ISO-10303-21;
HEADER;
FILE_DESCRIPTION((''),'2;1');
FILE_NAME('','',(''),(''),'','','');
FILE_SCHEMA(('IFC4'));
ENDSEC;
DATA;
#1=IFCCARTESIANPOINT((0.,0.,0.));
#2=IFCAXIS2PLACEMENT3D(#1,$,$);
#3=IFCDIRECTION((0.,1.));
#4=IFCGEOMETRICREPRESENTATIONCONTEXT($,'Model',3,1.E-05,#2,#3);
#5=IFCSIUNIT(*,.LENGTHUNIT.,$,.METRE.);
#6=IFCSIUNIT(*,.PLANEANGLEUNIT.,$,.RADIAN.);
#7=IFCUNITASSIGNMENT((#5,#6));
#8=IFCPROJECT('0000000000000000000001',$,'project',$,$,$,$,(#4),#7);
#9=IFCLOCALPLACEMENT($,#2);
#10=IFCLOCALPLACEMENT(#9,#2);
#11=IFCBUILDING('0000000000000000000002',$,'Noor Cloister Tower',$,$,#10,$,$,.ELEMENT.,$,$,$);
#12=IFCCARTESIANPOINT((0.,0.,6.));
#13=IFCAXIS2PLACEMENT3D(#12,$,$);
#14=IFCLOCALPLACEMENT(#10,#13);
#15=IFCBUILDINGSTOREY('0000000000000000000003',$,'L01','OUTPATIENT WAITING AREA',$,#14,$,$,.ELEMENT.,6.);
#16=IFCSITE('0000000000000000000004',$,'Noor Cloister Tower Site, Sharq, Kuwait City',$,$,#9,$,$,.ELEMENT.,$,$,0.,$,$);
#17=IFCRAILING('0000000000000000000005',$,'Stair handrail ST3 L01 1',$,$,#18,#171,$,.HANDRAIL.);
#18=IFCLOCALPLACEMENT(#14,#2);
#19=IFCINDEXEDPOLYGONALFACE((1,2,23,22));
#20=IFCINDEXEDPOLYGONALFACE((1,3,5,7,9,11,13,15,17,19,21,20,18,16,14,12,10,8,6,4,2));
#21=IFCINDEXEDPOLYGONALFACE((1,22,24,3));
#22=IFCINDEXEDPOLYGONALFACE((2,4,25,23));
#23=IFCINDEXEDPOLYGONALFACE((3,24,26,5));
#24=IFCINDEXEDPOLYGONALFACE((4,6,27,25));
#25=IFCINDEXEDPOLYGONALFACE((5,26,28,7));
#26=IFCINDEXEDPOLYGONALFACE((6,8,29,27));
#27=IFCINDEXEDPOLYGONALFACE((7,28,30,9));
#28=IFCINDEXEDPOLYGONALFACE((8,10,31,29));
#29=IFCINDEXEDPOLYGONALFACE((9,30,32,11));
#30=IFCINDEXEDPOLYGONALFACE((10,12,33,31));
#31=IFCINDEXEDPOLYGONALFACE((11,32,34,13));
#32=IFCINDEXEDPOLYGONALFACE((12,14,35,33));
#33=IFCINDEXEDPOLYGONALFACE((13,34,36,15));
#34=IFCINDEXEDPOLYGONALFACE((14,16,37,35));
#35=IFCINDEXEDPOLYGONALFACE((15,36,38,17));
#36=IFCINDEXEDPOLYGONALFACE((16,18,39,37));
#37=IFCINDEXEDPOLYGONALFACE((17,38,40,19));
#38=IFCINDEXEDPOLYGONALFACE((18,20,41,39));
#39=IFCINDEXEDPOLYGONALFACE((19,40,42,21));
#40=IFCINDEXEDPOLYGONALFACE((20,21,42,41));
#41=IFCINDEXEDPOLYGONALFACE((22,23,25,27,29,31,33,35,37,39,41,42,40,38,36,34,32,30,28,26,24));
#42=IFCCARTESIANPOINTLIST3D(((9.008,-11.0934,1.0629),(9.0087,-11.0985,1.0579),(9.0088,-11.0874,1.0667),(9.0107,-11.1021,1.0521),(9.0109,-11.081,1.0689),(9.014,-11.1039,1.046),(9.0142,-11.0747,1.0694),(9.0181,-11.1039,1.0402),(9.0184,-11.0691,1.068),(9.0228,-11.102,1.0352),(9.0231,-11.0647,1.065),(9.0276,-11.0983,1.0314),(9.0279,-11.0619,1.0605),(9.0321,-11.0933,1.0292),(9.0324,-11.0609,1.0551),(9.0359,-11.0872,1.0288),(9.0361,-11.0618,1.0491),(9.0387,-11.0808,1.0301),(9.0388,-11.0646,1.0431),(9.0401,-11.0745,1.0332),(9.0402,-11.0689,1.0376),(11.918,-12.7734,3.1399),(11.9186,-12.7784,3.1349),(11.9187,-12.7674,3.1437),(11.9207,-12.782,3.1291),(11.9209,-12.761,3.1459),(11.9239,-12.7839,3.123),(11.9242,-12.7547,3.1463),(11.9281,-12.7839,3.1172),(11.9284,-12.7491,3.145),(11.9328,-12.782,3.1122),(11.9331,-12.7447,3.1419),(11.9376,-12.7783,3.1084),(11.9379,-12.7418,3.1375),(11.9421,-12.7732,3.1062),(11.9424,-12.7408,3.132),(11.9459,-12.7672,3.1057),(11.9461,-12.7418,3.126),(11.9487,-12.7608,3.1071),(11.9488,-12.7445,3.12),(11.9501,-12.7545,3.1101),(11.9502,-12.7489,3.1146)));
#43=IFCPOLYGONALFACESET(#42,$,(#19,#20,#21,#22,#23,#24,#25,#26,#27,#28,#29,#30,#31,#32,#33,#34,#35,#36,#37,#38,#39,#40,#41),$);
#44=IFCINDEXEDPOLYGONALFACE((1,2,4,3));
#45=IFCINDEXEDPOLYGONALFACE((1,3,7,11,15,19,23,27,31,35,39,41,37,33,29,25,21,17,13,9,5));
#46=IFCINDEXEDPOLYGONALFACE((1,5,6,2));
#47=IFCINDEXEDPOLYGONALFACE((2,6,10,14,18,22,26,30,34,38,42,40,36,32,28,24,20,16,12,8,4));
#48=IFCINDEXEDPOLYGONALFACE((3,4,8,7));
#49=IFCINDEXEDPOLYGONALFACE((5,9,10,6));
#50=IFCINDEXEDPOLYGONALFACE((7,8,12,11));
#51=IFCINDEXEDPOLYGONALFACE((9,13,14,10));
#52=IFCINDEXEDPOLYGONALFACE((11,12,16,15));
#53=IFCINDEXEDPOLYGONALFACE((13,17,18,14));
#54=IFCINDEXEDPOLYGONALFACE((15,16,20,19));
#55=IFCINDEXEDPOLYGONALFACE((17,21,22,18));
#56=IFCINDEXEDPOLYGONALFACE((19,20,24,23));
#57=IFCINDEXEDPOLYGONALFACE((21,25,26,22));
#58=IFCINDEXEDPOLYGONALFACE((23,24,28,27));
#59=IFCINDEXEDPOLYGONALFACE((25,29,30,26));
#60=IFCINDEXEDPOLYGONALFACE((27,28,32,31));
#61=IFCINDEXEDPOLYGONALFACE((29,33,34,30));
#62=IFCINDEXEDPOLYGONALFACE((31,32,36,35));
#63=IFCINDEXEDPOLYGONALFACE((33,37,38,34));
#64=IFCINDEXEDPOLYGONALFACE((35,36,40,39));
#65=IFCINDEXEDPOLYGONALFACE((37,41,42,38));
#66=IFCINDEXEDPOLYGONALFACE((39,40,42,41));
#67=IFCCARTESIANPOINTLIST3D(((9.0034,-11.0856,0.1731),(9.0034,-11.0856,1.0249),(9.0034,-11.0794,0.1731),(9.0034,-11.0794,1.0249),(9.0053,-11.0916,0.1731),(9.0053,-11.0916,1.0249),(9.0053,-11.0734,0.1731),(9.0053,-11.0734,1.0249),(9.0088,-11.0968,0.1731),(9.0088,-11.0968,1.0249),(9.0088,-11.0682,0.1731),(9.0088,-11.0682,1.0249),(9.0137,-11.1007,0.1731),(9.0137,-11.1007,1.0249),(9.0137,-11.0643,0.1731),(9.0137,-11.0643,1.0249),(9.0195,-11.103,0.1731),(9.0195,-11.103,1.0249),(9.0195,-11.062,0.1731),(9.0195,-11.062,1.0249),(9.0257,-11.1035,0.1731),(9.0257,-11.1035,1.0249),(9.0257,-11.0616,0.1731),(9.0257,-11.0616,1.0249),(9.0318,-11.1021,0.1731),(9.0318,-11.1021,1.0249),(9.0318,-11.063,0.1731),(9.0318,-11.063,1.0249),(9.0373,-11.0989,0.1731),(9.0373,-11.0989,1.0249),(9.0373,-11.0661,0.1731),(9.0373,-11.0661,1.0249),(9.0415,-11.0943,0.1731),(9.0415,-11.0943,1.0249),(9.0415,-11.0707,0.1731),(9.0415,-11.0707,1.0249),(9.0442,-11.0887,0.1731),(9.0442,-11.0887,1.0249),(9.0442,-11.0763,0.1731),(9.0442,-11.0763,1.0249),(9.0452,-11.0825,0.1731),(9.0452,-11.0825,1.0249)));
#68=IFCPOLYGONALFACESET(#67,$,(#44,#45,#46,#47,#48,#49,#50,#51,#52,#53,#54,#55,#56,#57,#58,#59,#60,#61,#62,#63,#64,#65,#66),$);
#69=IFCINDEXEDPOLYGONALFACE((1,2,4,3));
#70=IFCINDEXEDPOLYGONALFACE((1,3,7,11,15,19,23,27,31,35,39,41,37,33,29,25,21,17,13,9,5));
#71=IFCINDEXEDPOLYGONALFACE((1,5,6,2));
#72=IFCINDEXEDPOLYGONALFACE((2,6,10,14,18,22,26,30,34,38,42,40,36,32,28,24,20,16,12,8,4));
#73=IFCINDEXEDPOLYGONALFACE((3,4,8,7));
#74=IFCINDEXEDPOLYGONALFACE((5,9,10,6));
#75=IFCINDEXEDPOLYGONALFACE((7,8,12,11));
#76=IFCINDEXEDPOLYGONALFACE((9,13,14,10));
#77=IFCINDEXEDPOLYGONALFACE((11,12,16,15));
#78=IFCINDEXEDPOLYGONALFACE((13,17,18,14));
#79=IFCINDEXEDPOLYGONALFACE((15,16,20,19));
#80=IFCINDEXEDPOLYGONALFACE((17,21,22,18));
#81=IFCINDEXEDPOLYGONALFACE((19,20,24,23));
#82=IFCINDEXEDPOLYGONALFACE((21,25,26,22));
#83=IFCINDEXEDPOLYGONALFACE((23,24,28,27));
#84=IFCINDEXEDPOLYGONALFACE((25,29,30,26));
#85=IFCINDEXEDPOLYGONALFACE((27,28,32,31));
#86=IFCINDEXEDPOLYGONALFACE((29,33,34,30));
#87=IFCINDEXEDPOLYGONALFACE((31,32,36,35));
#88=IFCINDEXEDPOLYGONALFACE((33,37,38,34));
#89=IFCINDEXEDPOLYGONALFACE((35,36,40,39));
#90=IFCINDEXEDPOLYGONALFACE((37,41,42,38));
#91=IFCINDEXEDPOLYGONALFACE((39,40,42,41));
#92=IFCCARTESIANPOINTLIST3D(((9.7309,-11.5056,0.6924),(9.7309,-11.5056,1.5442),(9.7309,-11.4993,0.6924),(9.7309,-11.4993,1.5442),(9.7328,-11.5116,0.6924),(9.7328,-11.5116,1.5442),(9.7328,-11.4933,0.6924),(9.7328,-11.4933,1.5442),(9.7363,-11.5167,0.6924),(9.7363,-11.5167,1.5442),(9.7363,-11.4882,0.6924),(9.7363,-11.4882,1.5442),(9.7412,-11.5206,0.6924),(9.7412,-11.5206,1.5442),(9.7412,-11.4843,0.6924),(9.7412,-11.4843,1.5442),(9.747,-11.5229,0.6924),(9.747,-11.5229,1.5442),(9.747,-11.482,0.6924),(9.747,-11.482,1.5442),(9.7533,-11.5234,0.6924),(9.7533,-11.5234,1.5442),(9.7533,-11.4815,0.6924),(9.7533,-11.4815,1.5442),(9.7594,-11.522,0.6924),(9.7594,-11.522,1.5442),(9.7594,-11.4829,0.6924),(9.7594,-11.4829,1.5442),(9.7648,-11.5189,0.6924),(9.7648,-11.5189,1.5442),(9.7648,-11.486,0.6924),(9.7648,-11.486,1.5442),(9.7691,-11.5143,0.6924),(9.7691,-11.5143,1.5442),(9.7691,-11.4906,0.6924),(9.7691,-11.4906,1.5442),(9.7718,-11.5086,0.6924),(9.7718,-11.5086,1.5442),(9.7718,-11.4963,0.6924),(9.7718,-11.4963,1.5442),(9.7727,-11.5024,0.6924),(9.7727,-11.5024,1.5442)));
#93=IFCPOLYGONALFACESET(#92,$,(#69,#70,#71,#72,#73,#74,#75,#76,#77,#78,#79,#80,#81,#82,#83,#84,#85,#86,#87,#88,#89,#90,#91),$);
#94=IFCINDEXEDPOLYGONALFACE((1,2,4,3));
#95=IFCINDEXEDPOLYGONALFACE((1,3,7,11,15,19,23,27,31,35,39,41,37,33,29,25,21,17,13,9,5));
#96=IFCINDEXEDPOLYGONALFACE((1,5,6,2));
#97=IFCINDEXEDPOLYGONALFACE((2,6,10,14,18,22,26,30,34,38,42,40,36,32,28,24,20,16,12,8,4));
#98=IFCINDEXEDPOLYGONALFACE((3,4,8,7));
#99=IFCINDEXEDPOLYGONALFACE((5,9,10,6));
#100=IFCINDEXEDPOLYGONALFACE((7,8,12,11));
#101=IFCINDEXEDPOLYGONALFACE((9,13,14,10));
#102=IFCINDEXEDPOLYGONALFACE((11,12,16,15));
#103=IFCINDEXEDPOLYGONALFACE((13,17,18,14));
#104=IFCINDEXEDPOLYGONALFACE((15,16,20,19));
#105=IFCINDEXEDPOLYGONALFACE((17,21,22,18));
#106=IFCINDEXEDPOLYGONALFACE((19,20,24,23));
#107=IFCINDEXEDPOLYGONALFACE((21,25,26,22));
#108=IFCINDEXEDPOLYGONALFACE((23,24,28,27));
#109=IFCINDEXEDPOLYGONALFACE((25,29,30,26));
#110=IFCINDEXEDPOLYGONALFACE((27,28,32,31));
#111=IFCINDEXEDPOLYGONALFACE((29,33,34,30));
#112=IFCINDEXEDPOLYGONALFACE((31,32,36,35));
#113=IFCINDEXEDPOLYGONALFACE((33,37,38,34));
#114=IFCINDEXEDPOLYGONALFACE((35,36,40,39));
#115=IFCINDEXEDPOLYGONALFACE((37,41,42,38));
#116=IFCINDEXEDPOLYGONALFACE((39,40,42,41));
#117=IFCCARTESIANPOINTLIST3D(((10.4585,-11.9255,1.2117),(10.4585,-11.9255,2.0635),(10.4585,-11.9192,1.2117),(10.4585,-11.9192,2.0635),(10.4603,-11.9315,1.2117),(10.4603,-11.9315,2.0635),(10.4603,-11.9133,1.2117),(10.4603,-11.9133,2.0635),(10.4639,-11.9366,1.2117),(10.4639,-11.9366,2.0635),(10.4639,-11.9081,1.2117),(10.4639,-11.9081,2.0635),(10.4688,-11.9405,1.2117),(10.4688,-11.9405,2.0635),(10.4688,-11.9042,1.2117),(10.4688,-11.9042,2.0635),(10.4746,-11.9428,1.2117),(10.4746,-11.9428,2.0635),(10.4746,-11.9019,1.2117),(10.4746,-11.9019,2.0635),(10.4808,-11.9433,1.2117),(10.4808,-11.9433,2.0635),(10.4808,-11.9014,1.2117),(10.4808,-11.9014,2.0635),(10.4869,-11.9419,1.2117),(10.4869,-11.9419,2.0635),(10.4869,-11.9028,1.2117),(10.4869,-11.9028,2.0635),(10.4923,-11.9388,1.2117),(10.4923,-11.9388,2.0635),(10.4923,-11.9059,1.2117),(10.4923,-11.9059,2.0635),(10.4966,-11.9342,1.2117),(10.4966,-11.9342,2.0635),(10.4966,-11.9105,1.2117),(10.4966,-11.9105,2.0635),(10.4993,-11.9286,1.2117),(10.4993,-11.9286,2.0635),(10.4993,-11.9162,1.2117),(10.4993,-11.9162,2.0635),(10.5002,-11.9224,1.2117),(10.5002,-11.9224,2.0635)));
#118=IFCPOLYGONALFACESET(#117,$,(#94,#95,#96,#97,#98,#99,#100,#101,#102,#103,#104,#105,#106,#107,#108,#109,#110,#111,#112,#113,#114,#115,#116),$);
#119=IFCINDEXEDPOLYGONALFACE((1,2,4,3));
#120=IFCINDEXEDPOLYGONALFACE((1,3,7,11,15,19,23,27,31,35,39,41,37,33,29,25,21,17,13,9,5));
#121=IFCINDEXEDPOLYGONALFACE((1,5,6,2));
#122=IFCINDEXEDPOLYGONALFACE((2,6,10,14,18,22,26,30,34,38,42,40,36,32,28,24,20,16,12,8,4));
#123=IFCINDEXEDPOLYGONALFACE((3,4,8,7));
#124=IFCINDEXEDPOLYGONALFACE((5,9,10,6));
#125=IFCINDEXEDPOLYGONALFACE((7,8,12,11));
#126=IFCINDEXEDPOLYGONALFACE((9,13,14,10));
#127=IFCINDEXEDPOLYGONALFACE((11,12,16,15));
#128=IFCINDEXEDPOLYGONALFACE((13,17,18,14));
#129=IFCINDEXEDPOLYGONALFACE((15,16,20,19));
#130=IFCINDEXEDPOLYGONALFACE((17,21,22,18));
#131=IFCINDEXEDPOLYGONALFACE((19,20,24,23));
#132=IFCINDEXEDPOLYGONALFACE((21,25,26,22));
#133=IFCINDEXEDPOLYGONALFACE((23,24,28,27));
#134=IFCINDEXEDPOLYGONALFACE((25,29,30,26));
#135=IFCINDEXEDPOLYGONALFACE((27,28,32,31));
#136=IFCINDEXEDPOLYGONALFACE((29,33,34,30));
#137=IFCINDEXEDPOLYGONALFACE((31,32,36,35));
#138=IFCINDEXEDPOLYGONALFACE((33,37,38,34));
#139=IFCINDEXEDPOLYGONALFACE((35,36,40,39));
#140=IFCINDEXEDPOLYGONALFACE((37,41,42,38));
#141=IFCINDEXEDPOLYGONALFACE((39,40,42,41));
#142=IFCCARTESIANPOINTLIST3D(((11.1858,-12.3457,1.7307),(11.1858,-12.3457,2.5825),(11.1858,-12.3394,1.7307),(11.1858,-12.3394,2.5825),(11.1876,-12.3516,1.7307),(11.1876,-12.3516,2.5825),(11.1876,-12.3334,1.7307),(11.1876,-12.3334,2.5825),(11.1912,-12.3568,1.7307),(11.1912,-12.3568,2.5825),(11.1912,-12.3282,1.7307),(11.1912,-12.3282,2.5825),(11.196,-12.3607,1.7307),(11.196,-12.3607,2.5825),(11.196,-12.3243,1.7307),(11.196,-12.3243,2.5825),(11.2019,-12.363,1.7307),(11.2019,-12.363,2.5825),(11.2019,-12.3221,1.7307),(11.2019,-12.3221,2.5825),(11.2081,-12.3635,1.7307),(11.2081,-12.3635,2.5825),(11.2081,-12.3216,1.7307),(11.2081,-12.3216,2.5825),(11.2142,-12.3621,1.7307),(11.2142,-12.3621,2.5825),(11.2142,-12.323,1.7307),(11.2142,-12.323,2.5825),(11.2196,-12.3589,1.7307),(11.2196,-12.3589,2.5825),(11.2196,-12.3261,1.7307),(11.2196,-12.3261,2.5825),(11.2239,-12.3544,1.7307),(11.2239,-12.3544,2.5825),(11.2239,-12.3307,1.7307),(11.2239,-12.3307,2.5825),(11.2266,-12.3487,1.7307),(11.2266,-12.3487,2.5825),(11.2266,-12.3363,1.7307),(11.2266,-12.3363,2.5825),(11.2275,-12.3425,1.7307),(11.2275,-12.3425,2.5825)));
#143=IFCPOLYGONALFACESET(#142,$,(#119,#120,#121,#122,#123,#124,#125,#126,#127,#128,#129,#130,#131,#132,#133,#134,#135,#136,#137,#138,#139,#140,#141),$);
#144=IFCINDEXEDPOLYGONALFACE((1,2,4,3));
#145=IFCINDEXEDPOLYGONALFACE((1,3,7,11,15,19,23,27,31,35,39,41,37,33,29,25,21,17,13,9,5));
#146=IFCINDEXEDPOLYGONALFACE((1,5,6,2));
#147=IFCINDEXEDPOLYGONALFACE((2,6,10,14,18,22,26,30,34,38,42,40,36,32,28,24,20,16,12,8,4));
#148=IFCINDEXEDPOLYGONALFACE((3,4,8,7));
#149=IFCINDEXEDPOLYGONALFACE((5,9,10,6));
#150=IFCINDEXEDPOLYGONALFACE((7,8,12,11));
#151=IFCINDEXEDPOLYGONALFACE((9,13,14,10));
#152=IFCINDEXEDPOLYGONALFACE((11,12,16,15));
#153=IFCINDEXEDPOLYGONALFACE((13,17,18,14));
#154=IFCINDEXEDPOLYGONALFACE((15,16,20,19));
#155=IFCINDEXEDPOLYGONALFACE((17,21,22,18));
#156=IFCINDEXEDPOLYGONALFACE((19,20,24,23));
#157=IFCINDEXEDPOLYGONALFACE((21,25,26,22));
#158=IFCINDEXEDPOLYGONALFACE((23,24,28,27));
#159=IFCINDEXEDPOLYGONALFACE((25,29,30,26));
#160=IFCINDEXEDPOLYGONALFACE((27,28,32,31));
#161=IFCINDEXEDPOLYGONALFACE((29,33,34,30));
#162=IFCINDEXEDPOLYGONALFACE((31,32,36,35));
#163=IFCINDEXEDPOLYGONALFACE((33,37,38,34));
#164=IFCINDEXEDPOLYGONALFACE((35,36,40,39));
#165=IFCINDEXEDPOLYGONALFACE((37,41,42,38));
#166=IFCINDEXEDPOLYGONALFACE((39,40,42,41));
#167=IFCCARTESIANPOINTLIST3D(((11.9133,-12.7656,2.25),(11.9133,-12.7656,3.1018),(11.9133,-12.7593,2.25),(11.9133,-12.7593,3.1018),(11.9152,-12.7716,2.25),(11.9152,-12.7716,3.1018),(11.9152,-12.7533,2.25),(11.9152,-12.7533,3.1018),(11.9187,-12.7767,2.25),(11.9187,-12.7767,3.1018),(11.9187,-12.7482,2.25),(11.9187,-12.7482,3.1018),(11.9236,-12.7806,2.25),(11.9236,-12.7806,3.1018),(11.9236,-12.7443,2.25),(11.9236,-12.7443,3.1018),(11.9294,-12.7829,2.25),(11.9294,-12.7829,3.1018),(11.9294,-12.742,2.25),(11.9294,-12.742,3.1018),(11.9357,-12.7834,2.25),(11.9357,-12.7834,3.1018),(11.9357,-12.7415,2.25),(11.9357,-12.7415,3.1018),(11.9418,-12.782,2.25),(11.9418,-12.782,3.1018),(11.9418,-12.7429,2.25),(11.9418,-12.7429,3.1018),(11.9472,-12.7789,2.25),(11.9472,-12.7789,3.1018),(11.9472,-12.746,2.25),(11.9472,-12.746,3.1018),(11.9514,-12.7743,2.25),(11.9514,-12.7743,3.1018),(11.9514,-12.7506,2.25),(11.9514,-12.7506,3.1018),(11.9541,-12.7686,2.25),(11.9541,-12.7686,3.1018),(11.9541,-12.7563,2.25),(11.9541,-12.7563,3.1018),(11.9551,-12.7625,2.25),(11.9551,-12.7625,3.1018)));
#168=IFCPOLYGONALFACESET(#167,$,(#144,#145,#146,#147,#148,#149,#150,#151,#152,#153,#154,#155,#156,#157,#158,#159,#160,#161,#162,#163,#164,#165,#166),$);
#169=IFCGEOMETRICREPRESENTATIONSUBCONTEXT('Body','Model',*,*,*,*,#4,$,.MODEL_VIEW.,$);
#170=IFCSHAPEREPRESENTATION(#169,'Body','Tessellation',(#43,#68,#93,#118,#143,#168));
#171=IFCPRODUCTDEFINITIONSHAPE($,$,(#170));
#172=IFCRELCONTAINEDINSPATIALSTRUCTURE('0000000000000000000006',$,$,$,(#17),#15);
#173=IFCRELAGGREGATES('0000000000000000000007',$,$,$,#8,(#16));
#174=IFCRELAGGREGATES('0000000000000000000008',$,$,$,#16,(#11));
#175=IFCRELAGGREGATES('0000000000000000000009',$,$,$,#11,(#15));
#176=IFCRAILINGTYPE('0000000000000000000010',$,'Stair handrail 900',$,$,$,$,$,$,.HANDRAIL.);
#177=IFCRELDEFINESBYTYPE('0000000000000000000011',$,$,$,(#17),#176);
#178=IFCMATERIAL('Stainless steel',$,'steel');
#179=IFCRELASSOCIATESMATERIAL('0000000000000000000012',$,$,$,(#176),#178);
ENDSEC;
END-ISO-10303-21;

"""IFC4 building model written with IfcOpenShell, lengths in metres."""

from ifc_helpers import new_model, si_unit, direction, frame, origin, origin_2d, place, context, subcontext, project, spatial, circle, extrude, material, type_object, element, save


model = new_model("IFC4")

# Units and contexts
model_context = context("Model", 3, precision=1e-05, world=origin(), true_north=direction((0.0, 1.0)))
body_context = subcontext(model_context, "Body", "Model", "MODEL_VIEW")
ifc_project = project(units=[si_unit("LENGTHUNIT", "METRE"), si_unit("PLANEANGLEUNIT", "RADIAN")], contexts=[model_context])

# Site, building, storey
site_placement = place(None, origin())
site = spatial("IfcSite", under=ifc_project, at=site_placement, Name="Noor Cloister Tower Site, Sharq, Kuwait City", CompositionType="ELEMENT", RefElevation=0.0)
building_placement = place(site_placement, origin())
building = spatial("IfcBuilding", under=site, at=building_placement, Name="Noor Cloister Tower", CompositionType="ELEMENT")
storey_placement = place(building_placement, frame((0.0, 0.0, 6.0)))
storey = spatial("IfcBuildingStorey", under=building, at=storey_placement, Name="L01", Description="OUTPATIENT WAITING AREA", CompositionType="ELEMENT", Elevation=6.0)

# Railing
ifc_material_1 = material(Name="Stainless steel", Category="steel")
railing_type_1 = type_object("IfcRailingType", Name="Stair handrail 900", PredefinedType="HANDRAIL", material=ifc_material_1)
railing_1_placement = place(storey_placement, frame((9.0242, -11.0825, 0.1731)))
element("IfcRailing", 1, at=railing_1_placement, inside=storey, type_object=railing_type_1, Name="Stair handrail ST3 L01 1", PredefinedType="HANDRAIL", context=body_context, shape_type="SweptSolid", body=[
    extrude(circle(Radius=0.0239, at=origin_2d()), frame((0.0, 0.0, 0.876), z_axis=(0.736668, -0.425288, 0.525785), x_axis=(0.499976, 0.866039, 0.0)), (0.0, 0.0, 1.0), 3.9502),
    extrude(circle(Radius=0.021, at=origin_2d()), origin(), (0.0, 0.0, 1.0), 0.8518),
    extrude(circle(Radius=0.021, at=origin_2d()), frame((0.7275, -0.4199, 0.5193)), (0.0, 0.0, 1.0), 0.8518),
    extrude(circle(Radius=0.021, at=origin_2d()), frame((1.4551, -0.8398, 1.0386)), (0.0, 0.0, 1.0), 0.8518),
    extrude(circle(Radius=0.021, at=origin_2d()), frame((2.1824, -1.26, 1.5576)), (0.0, 0.0, 1.0), 0.8518),
    extrude(circle(Radius=0.021, at=origin_2d()), frame((2.9099, -1.6799, 2.0769)), (0.0, 0.0, 1.0), 0.8518),
])

save(model, "model.ifc")
